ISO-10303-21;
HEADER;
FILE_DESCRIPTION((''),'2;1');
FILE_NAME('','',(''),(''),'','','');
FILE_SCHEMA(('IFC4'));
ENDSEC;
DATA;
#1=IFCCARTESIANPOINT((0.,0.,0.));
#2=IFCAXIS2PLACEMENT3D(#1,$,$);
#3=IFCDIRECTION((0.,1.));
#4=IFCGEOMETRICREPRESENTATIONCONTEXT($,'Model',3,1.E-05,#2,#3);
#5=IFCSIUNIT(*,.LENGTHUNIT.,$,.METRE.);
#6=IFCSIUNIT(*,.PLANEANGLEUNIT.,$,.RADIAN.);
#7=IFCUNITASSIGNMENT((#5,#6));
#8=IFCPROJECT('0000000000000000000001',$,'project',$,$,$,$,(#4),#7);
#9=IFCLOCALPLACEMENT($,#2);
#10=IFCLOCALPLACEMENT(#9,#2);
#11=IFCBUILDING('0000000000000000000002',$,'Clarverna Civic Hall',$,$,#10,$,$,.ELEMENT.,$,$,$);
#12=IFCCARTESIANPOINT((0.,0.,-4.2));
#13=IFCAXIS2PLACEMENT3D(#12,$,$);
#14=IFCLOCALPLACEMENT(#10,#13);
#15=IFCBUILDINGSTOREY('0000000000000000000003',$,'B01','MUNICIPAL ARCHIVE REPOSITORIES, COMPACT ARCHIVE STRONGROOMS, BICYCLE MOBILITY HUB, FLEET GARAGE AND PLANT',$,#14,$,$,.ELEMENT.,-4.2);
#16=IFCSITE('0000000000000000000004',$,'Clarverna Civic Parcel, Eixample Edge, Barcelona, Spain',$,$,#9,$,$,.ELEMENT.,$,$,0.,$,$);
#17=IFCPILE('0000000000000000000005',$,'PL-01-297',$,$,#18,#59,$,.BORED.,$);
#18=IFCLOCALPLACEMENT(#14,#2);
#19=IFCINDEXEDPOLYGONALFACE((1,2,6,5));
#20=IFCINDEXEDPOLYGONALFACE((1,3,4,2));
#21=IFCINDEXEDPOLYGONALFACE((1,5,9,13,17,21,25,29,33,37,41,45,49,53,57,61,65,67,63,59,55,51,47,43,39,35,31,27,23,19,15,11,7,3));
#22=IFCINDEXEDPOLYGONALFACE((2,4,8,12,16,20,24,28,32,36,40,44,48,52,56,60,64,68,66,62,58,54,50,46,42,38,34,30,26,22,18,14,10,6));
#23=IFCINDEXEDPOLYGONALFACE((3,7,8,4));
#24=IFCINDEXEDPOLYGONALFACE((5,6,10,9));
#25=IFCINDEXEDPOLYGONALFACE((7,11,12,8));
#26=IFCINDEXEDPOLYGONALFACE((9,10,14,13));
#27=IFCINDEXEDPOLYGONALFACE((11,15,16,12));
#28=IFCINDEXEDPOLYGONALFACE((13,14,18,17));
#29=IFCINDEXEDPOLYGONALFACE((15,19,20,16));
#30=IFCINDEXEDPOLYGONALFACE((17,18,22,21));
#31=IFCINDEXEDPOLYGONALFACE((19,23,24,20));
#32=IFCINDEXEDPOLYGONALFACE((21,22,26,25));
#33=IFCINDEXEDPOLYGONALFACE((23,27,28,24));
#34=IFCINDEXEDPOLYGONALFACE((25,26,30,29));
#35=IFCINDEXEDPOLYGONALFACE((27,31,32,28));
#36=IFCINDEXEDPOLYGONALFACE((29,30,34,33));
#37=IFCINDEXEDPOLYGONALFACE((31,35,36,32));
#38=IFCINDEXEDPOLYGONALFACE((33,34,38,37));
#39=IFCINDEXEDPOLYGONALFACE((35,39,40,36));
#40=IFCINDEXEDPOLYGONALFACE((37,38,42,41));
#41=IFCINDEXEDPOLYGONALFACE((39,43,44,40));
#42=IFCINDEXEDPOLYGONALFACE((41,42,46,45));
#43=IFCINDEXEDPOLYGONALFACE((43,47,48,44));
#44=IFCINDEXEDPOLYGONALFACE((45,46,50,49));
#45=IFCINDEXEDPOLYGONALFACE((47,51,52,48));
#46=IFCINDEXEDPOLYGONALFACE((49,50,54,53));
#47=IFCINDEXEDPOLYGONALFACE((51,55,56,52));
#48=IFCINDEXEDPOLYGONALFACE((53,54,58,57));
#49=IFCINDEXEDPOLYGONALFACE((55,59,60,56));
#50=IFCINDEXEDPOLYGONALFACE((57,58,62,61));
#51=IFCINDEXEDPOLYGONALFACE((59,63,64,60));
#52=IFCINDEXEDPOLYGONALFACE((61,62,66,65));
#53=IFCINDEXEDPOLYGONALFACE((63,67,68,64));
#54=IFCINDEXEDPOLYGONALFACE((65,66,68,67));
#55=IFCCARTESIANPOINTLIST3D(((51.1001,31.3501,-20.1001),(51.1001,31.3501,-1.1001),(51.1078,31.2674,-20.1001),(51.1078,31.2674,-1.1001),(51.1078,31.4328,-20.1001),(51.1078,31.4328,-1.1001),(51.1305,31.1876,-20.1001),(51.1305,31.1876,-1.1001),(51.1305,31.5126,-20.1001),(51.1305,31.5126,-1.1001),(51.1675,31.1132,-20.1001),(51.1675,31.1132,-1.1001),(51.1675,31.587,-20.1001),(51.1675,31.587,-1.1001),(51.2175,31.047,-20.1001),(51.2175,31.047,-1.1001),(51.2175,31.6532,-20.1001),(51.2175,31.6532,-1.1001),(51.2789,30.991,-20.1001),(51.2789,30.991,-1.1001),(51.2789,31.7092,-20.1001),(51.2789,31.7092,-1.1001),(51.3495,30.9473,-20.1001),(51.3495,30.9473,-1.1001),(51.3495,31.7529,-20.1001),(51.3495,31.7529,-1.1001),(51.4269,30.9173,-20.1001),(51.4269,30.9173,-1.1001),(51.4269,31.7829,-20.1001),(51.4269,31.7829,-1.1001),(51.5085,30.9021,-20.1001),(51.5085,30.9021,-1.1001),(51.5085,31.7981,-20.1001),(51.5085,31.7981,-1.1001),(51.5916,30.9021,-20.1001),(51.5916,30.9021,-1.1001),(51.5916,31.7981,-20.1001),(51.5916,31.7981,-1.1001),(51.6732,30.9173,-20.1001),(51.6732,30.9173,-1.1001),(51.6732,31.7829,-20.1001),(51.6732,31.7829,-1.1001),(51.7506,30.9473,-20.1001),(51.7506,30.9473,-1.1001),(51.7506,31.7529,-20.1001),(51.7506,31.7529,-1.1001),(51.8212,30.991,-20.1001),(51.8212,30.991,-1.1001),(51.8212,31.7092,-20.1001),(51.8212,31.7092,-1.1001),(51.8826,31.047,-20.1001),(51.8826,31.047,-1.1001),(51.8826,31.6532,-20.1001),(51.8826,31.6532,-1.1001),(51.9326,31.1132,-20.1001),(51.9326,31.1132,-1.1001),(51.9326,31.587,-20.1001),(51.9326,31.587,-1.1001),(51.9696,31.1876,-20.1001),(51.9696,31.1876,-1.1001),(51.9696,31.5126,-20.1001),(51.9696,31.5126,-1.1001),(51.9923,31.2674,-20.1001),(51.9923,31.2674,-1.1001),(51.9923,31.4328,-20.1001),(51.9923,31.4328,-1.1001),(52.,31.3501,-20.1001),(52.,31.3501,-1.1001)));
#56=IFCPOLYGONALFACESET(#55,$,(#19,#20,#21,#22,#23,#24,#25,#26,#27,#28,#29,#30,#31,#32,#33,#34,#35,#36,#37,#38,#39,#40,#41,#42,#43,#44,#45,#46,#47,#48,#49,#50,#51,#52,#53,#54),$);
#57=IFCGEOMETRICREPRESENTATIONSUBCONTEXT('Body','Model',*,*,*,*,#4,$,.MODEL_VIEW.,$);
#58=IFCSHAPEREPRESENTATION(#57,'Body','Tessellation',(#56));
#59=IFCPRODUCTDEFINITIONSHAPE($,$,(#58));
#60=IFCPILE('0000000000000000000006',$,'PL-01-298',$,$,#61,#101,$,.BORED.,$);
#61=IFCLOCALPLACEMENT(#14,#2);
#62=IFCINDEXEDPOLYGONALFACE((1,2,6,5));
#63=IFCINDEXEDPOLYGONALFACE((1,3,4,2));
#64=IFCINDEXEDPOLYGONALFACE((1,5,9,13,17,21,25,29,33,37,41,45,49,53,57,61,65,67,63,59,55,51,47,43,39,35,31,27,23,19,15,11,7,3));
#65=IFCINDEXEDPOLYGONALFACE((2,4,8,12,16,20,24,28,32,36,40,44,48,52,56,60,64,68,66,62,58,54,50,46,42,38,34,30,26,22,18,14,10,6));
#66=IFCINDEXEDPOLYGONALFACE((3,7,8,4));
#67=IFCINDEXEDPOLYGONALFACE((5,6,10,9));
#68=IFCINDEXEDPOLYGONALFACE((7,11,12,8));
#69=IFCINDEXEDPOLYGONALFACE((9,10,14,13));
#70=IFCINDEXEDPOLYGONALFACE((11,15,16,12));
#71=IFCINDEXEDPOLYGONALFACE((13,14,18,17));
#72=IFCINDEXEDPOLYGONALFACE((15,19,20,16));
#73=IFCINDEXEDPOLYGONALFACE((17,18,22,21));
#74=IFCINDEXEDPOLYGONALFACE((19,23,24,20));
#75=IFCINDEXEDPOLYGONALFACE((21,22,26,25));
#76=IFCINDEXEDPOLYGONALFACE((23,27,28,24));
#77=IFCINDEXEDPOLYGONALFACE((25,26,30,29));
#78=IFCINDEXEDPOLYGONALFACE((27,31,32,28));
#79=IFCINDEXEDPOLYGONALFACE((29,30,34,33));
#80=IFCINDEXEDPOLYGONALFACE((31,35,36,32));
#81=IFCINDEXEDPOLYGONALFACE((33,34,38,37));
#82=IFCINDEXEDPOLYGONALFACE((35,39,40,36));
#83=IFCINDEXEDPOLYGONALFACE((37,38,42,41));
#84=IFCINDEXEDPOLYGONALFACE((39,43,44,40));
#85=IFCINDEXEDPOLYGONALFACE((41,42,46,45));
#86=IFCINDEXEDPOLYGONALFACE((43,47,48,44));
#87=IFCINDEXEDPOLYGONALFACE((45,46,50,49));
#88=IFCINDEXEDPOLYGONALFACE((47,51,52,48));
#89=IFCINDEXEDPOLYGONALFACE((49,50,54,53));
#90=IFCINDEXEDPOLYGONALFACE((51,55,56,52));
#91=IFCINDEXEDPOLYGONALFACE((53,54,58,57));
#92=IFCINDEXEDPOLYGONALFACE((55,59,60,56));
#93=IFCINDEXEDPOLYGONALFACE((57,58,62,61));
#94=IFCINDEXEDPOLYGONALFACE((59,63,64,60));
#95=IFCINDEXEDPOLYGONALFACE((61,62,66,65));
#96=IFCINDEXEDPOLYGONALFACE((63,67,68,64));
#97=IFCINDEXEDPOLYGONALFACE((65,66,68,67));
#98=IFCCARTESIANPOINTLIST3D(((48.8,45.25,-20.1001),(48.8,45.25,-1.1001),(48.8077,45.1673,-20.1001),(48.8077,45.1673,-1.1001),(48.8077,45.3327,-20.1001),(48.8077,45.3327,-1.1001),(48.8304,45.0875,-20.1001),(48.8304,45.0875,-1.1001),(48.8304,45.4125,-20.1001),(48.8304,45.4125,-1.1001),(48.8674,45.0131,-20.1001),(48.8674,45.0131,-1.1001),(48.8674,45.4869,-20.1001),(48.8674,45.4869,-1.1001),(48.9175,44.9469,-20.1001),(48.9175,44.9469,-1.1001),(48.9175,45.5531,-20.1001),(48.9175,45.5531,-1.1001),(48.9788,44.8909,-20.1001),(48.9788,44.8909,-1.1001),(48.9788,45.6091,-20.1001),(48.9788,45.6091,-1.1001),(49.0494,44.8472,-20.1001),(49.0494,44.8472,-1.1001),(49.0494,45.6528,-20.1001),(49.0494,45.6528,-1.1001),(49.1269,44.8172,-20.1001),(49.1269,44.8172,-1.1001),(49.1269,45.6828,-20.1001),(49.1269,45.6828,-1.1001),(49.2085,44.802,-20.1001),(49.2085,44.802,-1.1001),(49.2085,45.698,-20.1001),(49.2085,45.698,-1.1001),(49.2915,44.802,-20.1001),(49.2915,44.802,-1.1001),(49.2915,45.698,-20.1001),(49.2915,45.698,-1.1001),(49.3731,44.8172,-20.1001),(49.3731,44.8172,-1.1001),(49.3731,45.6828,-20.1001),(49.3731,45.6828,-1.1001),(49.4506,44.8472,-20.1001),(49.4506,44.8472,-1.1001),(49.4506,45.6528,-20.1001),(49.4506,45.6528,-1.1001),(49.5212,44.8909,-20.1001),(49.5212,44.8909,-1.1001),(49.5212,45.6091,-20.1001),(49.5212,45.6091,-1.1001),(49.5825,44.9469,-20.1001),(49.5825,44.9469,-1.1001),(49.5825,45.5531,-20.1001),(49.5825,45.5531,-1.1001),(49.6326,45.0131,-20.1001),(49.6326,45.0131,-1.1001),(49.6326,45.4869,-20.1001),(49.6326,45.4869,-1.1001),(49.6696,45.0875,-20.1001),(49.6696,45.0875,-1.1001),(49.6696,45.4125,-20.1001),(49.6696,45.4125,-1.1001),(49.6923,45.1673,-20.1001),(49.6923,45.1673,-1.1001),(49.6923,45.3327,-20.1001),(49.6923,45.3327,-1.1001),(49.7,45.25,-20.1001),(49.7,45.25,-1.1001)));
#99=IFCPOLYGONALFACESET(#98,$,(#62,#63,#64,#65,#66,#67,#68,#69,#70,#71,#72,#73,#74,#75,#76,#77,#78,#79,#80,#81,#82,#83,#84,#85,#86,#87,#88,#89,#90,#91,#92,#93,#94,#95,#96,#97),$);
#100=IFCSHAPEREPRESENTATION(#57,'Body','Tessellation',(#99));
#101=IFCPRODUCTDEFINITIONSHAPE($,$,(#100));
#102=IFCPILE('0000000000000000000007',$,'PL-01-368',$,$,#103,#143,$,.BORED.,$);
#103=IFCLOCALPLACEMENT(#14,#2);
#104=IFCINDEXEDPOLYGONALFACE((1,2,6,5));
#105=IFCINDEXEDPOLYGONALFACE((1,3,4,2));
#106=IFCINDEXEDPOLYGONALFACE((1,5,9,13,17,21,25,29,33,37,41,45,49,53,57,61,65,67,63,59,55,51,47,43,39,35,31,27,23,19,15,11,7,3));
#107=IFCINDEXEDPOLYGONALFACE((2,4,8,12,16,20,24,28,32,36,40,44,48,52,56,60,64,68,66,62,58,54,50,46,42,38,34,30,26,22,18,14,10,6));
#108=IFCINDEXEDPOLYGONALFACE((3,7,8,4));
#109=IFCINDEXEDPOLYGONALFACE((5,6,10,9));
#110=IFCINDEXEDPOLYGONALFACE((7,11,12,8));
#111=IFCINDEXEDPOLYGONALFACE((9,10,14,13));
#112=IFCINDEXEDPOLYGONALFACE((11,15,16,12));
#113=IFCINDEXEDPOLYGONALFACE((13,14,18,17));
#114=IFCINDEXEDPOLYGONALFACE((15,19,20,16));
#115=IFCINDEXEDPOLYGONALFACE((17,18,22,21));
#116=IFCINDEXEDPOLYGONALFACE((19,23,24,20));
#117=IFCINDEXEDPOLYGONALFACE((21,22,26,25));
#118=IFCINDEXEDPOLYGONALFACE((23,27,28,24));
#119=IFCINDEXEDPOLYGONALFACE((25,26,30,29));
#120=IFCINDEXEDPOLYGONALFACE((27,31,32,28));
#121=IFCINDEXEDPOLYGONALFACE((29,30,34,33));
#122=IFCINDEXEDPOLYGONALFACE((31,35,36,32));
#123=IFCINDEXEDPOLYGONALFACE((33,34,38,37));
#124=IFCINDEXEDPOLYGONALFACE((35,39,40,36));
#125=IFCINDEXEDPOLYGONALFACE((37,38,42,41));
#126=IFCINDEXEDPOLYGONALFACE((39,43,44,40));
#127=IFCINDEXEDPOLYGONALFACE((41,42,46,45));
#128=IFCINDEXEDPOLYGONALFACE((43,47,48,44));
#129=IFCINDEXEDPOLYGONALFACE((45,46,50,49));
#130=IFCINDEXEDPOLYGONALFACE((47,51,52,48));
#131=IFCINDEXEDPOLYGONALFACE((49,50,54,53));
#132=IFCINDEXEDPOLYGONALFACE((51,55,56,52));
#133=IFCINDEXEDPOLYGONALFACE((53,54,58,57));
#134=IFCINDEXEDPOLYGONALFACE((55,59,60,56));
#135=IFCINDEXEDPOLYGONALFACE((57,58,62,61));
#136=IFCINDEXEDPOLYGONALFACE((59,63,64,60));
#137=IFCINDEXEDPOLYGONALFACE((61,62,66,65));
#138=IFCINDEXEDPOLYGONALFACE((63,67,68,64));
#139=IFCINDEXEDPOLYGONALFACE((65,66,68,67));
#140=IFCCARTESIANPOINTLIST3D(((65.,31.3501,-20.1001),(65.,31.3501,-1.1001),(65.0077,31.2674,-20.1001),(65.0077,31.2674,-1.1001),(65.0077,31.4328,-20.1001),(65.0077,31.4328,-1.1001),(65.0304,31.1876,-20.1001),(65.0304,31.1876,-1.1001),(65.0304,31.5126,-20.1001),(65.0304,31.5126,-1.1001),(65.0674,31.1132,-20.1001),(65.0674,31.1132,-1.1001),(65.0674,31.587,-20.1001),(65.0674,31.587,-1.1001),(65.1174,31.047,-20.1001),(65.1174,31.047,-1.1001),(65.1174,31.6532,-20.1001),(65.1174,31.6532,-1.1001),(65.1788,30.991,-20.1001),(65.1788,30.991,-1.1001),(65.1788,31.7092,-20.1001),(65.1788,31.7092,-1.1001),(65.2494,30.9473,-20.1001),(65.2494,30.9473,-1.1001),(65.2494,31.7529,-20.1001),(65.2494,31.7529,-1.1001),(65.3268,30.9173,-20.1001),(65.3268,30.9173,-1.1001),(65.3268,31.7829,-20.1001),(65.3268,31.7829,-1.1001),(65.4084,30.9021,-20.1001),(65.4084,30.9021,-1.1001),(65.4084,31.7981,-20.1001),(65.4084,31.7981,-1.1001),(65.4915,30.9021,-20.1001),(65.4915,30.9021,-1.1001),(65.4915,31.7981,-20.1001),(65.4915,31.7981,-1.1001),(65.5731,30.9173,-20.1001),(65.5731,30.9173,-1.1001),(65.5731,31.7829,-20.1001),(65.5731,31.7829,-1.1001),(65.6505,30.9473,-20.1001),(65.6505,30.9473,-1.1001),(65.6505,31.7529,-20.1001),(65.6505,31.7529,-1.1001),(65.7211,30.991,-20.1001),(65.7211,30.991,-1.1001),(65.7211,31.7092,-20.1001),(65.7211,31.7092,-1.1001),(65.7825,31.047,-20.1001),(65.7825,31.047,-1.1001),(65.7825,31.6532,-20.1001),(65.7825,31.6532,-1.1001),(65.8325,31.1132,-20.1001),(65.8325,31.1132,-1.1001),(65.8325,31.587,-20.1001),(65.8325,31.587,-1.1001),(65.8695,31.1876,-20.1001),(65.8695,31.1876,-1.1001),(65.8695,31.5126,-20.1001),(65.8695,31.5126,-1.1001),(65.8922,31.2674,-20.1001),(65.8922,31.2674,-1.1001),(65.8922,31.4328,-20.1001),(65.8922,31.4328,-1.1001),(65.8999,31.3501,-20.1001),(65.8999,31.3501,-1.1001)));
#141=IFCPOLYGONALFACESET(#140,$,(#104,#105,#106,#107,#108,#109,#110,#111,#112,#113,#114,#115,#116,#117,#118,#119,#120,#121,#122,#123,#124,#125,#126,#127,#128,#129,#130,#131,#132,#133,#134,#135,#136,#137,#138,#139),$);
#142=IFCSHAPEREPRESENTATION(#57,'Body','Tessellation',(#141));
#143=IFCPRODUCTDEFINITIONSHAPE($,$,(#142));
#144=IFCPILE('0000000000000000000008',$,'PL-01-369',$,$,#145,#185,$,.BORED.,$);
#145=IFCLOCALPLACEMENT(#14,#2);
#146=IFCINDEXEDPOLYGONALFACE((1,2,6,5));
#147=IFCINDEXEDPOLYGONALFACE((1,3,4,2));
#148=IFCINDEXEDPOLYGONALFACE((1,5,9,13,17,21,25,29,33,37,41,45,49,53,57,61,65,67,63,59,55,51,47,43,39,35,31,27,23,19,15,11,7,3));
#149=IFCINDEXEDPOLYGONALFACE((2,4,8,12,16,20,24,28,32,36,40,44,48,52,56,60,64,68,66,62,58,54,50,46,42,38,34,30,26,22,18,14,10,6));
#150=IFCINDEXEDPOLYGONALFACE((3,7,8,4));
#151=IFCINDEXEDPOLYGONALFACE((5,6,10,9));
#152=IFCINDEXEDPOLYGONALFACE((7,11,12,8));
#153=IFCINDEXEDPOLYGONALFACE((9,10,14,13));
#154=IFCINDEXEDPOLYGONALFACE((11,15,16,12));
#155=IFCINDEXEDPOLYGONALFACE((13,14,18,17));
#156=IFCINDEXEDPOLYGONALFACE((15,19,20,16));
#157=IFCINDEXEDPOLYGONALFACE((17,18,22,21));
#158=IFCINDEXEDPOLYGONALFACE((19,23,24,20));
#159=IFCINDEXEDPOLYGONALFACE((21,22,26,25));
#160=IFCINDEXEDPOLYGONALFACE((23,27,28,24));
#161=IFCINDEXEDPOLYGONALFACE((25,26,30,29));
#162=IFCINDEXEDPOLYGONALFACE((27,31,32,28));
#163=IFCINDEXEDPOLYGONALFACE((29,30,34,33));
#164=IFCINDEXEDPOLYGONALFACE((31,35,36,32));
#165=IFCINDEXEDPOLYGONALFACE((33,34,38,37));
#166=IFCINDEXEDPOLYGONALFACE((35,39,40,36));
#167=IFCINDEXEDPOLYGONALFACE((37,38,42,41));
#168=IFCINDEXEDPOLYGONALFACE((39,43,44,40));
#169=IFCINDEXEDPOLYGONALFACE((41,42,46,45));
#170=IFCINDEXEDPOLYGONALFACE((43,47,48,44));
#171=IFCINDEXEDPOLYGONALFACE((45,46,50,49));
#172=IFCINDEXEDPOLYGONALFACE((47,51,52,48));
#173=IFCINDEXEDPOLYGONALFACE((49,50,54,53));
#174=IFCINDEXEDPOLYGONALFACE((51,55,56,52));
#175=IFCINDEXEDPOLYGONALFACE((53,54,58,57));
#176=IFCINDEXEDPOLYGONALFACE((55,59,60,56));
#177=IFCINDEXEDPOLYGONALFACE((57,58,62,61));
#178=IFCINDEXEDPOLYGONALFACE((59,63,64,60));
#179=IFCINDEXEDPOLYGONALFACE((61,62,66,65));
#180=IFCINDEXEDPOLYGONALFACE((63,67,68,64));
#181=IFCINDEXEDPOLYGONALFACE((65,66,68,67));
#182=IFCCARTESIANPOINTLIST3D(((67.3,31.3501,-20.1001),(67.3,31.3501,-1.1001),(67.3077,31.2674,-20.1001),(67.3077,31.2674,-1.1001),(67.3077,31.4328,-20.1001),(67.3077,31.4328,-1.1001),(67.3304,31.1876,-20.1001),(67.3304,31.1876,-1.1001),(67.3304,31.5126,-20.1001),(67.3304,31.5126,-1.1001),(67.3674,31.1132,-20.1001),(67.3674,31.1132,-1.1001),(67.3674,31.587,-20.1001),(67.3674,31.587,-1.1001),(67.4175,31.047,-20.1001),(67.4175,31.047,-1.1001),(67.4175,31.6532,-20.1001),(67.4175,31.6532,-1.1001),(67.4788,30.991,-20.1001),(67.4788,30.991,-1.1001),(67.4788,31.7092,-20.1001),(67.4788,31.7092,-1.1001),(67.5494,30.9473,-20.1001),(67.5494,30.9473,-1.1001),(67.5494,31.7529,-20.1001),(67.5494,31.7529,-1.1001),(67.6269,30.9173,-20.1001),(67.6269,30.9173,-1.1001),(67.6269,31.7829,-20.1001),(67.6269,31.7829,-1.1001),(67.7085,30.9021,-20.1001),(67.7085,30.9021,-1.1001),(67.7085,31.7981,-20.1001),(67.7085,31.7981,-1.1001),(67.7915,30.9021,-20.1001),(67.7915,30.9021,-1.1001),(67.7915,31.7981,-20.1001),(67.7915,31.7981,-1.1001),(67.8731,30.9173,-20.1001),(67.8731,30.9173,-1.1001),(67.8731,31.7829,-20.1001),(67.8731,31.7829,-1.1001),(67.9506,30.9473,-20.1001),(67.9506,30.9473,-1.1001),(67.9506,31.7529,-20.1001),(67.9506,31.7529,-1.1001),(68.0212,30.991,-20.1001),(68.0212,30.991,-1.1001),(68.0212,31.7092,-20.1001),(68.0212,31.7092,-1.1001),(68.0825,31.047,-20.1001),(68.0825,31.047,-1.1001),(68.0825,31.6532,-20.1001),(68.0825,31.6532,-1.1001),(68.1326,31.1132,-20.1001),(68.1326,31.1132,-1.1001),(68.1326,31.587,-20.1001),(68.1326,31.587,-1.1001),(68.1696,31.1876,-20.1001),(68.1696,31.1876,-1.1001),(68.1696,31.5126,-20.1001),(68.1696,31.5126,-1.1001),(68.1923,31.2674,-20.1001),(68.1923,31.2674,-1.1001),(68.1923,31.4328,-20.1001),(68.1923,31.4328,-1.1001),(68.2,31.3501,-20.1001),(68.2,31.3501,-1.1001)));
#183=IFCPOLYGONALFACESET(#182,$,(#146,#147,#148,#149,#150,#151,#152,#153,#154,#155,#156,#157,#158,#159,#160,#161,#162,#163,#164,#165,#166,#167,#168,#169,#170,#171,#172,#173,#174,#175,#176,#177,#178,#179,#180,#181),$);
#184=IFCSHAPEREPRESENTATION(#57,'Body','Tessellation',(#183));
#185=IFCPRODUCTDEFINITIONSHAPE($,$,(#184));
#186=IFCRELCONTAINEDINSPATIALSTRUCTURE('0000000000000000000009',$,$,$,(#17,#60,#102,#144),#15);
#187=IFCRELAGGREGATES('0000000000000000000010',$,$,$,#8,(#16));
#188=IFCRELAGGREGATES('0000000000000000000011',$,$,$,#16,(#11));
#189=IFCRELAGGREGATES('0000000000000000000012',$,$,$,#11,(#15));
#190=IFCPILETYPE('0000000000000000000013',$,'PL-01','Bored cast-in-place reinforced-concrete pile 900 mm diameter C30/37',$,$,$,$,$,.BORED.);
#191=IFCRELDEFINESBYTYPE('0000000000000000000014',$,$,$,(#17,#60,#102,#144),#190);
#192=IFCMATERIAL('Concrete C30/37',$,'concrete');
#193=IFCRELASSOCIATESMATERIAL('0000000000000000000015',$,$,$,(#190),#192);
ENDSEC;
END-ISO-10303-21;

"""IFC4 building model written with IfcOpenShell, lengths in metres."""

from ifc_helpers import new_model, si_unit, direction, frame, origin, origin_2d, place, context, subcontext, project, spatial, circle, extrude, material, material_profile, profile_set, type_object, element, save


model = new_model("IFC4")

# Units and contexts
model_context = context("Model", 3, precision=1e-05, world=origin(), true_north=direction((0.0, 1.0)))
body_context = subcontext(model_context, "Body", "Model", "MODEL_VIEW")
ifc_project = project(units=[si_unit("LENGTHUNIT", "METRE"), si_unit("PLANEANGLEUNIT", "RADIAN")], contexts=[model_context])

# Site, building, storey
site_placement = place(None, origin())
site = spatial("IfcSite", under=ifc_project, at=site_placement, Name="Clarverna Civic Parcel, Eixample Edge, Barcelona, Spain", CompositionType="ELEMENT", RefElevation=0.0)
building_placement = place(site_placement, origin())
building = spatial("IfcBuilding", under=site, at=building_placement, Name="Clarverna Civic Hall", CompositionType="ELEMENT")
storey_placement = place(building_placement, frame((0.0, 0.0, -4.2)))
storey = spatial("IfcBuildingStorey", under=building, at=storey_placement, Name="B01", Description="MUNICIPAL ARCHIVE REPOSITORIES, COMPACT ARCHIVE STRONGROOMS, BICYCLE MOBILITY HUB, FLEET GARAGE AND PLANT", CompositionType="ELEMENT", Elevation=-4.2)

# Shared definitions
ifc_material_1 = material(Name="Concrete C30/37", Category="concrete")

# Piles
ifc_material_profile_1 = material_profile(ifc_material_1, circle(Radius=0.45, at=origin_2d()), Name="BORED PILE D900")
ifc_profile_set_1 = profile_set([ifc_material_profile_1], Name="Concrete C30/37")
pile_type_1 = type_object("IfcPileType", Name="PL-01", Description="Bored cast-in-place reinforced-concrete pile 900 mm diameter C30/37", PredefinedType="BORED", material=ifc_profile_set_1)
for number, where, z_axis, x_axis, name in (
    (1, (51.55, 31.3501, -1.1001), (0.0, 0.0, -1.0), (1.0, 0.0, 0.0), "PL-01-297"),
    (2, (49.25, 45.25, -1.1001), (0.0, 0.0, -1.0), (1.0, 0.0, 0.0), "PL-01-298"),
    (3, (65.45, 31.3501, -1.1001), (0.0, 0.0, -1.0), (1.0, 0.0, 0.0), "PL-01-368"),
    (4, (67.75, 31.3501, -1.1001), (0.0, 0.0, -1.0), (1.0, 0.0, 0.0), "PL-01-369"),
):
    element("IfcPile", number, at=place(storey_placement, frame(where, z_axis=z_axis, x_axis=x_axis)), inside=storey, type_object=pile_type_1, Name=name, PredefinedType="BORED", context=body_context, shape_type="SweptSolid", body=[
        extrude(circle(Radius=0.45, at=origin_2d()), origin(), (0.0, 0.0, 1.0), 19.0),
    ])

save(model, "model.ifc")
